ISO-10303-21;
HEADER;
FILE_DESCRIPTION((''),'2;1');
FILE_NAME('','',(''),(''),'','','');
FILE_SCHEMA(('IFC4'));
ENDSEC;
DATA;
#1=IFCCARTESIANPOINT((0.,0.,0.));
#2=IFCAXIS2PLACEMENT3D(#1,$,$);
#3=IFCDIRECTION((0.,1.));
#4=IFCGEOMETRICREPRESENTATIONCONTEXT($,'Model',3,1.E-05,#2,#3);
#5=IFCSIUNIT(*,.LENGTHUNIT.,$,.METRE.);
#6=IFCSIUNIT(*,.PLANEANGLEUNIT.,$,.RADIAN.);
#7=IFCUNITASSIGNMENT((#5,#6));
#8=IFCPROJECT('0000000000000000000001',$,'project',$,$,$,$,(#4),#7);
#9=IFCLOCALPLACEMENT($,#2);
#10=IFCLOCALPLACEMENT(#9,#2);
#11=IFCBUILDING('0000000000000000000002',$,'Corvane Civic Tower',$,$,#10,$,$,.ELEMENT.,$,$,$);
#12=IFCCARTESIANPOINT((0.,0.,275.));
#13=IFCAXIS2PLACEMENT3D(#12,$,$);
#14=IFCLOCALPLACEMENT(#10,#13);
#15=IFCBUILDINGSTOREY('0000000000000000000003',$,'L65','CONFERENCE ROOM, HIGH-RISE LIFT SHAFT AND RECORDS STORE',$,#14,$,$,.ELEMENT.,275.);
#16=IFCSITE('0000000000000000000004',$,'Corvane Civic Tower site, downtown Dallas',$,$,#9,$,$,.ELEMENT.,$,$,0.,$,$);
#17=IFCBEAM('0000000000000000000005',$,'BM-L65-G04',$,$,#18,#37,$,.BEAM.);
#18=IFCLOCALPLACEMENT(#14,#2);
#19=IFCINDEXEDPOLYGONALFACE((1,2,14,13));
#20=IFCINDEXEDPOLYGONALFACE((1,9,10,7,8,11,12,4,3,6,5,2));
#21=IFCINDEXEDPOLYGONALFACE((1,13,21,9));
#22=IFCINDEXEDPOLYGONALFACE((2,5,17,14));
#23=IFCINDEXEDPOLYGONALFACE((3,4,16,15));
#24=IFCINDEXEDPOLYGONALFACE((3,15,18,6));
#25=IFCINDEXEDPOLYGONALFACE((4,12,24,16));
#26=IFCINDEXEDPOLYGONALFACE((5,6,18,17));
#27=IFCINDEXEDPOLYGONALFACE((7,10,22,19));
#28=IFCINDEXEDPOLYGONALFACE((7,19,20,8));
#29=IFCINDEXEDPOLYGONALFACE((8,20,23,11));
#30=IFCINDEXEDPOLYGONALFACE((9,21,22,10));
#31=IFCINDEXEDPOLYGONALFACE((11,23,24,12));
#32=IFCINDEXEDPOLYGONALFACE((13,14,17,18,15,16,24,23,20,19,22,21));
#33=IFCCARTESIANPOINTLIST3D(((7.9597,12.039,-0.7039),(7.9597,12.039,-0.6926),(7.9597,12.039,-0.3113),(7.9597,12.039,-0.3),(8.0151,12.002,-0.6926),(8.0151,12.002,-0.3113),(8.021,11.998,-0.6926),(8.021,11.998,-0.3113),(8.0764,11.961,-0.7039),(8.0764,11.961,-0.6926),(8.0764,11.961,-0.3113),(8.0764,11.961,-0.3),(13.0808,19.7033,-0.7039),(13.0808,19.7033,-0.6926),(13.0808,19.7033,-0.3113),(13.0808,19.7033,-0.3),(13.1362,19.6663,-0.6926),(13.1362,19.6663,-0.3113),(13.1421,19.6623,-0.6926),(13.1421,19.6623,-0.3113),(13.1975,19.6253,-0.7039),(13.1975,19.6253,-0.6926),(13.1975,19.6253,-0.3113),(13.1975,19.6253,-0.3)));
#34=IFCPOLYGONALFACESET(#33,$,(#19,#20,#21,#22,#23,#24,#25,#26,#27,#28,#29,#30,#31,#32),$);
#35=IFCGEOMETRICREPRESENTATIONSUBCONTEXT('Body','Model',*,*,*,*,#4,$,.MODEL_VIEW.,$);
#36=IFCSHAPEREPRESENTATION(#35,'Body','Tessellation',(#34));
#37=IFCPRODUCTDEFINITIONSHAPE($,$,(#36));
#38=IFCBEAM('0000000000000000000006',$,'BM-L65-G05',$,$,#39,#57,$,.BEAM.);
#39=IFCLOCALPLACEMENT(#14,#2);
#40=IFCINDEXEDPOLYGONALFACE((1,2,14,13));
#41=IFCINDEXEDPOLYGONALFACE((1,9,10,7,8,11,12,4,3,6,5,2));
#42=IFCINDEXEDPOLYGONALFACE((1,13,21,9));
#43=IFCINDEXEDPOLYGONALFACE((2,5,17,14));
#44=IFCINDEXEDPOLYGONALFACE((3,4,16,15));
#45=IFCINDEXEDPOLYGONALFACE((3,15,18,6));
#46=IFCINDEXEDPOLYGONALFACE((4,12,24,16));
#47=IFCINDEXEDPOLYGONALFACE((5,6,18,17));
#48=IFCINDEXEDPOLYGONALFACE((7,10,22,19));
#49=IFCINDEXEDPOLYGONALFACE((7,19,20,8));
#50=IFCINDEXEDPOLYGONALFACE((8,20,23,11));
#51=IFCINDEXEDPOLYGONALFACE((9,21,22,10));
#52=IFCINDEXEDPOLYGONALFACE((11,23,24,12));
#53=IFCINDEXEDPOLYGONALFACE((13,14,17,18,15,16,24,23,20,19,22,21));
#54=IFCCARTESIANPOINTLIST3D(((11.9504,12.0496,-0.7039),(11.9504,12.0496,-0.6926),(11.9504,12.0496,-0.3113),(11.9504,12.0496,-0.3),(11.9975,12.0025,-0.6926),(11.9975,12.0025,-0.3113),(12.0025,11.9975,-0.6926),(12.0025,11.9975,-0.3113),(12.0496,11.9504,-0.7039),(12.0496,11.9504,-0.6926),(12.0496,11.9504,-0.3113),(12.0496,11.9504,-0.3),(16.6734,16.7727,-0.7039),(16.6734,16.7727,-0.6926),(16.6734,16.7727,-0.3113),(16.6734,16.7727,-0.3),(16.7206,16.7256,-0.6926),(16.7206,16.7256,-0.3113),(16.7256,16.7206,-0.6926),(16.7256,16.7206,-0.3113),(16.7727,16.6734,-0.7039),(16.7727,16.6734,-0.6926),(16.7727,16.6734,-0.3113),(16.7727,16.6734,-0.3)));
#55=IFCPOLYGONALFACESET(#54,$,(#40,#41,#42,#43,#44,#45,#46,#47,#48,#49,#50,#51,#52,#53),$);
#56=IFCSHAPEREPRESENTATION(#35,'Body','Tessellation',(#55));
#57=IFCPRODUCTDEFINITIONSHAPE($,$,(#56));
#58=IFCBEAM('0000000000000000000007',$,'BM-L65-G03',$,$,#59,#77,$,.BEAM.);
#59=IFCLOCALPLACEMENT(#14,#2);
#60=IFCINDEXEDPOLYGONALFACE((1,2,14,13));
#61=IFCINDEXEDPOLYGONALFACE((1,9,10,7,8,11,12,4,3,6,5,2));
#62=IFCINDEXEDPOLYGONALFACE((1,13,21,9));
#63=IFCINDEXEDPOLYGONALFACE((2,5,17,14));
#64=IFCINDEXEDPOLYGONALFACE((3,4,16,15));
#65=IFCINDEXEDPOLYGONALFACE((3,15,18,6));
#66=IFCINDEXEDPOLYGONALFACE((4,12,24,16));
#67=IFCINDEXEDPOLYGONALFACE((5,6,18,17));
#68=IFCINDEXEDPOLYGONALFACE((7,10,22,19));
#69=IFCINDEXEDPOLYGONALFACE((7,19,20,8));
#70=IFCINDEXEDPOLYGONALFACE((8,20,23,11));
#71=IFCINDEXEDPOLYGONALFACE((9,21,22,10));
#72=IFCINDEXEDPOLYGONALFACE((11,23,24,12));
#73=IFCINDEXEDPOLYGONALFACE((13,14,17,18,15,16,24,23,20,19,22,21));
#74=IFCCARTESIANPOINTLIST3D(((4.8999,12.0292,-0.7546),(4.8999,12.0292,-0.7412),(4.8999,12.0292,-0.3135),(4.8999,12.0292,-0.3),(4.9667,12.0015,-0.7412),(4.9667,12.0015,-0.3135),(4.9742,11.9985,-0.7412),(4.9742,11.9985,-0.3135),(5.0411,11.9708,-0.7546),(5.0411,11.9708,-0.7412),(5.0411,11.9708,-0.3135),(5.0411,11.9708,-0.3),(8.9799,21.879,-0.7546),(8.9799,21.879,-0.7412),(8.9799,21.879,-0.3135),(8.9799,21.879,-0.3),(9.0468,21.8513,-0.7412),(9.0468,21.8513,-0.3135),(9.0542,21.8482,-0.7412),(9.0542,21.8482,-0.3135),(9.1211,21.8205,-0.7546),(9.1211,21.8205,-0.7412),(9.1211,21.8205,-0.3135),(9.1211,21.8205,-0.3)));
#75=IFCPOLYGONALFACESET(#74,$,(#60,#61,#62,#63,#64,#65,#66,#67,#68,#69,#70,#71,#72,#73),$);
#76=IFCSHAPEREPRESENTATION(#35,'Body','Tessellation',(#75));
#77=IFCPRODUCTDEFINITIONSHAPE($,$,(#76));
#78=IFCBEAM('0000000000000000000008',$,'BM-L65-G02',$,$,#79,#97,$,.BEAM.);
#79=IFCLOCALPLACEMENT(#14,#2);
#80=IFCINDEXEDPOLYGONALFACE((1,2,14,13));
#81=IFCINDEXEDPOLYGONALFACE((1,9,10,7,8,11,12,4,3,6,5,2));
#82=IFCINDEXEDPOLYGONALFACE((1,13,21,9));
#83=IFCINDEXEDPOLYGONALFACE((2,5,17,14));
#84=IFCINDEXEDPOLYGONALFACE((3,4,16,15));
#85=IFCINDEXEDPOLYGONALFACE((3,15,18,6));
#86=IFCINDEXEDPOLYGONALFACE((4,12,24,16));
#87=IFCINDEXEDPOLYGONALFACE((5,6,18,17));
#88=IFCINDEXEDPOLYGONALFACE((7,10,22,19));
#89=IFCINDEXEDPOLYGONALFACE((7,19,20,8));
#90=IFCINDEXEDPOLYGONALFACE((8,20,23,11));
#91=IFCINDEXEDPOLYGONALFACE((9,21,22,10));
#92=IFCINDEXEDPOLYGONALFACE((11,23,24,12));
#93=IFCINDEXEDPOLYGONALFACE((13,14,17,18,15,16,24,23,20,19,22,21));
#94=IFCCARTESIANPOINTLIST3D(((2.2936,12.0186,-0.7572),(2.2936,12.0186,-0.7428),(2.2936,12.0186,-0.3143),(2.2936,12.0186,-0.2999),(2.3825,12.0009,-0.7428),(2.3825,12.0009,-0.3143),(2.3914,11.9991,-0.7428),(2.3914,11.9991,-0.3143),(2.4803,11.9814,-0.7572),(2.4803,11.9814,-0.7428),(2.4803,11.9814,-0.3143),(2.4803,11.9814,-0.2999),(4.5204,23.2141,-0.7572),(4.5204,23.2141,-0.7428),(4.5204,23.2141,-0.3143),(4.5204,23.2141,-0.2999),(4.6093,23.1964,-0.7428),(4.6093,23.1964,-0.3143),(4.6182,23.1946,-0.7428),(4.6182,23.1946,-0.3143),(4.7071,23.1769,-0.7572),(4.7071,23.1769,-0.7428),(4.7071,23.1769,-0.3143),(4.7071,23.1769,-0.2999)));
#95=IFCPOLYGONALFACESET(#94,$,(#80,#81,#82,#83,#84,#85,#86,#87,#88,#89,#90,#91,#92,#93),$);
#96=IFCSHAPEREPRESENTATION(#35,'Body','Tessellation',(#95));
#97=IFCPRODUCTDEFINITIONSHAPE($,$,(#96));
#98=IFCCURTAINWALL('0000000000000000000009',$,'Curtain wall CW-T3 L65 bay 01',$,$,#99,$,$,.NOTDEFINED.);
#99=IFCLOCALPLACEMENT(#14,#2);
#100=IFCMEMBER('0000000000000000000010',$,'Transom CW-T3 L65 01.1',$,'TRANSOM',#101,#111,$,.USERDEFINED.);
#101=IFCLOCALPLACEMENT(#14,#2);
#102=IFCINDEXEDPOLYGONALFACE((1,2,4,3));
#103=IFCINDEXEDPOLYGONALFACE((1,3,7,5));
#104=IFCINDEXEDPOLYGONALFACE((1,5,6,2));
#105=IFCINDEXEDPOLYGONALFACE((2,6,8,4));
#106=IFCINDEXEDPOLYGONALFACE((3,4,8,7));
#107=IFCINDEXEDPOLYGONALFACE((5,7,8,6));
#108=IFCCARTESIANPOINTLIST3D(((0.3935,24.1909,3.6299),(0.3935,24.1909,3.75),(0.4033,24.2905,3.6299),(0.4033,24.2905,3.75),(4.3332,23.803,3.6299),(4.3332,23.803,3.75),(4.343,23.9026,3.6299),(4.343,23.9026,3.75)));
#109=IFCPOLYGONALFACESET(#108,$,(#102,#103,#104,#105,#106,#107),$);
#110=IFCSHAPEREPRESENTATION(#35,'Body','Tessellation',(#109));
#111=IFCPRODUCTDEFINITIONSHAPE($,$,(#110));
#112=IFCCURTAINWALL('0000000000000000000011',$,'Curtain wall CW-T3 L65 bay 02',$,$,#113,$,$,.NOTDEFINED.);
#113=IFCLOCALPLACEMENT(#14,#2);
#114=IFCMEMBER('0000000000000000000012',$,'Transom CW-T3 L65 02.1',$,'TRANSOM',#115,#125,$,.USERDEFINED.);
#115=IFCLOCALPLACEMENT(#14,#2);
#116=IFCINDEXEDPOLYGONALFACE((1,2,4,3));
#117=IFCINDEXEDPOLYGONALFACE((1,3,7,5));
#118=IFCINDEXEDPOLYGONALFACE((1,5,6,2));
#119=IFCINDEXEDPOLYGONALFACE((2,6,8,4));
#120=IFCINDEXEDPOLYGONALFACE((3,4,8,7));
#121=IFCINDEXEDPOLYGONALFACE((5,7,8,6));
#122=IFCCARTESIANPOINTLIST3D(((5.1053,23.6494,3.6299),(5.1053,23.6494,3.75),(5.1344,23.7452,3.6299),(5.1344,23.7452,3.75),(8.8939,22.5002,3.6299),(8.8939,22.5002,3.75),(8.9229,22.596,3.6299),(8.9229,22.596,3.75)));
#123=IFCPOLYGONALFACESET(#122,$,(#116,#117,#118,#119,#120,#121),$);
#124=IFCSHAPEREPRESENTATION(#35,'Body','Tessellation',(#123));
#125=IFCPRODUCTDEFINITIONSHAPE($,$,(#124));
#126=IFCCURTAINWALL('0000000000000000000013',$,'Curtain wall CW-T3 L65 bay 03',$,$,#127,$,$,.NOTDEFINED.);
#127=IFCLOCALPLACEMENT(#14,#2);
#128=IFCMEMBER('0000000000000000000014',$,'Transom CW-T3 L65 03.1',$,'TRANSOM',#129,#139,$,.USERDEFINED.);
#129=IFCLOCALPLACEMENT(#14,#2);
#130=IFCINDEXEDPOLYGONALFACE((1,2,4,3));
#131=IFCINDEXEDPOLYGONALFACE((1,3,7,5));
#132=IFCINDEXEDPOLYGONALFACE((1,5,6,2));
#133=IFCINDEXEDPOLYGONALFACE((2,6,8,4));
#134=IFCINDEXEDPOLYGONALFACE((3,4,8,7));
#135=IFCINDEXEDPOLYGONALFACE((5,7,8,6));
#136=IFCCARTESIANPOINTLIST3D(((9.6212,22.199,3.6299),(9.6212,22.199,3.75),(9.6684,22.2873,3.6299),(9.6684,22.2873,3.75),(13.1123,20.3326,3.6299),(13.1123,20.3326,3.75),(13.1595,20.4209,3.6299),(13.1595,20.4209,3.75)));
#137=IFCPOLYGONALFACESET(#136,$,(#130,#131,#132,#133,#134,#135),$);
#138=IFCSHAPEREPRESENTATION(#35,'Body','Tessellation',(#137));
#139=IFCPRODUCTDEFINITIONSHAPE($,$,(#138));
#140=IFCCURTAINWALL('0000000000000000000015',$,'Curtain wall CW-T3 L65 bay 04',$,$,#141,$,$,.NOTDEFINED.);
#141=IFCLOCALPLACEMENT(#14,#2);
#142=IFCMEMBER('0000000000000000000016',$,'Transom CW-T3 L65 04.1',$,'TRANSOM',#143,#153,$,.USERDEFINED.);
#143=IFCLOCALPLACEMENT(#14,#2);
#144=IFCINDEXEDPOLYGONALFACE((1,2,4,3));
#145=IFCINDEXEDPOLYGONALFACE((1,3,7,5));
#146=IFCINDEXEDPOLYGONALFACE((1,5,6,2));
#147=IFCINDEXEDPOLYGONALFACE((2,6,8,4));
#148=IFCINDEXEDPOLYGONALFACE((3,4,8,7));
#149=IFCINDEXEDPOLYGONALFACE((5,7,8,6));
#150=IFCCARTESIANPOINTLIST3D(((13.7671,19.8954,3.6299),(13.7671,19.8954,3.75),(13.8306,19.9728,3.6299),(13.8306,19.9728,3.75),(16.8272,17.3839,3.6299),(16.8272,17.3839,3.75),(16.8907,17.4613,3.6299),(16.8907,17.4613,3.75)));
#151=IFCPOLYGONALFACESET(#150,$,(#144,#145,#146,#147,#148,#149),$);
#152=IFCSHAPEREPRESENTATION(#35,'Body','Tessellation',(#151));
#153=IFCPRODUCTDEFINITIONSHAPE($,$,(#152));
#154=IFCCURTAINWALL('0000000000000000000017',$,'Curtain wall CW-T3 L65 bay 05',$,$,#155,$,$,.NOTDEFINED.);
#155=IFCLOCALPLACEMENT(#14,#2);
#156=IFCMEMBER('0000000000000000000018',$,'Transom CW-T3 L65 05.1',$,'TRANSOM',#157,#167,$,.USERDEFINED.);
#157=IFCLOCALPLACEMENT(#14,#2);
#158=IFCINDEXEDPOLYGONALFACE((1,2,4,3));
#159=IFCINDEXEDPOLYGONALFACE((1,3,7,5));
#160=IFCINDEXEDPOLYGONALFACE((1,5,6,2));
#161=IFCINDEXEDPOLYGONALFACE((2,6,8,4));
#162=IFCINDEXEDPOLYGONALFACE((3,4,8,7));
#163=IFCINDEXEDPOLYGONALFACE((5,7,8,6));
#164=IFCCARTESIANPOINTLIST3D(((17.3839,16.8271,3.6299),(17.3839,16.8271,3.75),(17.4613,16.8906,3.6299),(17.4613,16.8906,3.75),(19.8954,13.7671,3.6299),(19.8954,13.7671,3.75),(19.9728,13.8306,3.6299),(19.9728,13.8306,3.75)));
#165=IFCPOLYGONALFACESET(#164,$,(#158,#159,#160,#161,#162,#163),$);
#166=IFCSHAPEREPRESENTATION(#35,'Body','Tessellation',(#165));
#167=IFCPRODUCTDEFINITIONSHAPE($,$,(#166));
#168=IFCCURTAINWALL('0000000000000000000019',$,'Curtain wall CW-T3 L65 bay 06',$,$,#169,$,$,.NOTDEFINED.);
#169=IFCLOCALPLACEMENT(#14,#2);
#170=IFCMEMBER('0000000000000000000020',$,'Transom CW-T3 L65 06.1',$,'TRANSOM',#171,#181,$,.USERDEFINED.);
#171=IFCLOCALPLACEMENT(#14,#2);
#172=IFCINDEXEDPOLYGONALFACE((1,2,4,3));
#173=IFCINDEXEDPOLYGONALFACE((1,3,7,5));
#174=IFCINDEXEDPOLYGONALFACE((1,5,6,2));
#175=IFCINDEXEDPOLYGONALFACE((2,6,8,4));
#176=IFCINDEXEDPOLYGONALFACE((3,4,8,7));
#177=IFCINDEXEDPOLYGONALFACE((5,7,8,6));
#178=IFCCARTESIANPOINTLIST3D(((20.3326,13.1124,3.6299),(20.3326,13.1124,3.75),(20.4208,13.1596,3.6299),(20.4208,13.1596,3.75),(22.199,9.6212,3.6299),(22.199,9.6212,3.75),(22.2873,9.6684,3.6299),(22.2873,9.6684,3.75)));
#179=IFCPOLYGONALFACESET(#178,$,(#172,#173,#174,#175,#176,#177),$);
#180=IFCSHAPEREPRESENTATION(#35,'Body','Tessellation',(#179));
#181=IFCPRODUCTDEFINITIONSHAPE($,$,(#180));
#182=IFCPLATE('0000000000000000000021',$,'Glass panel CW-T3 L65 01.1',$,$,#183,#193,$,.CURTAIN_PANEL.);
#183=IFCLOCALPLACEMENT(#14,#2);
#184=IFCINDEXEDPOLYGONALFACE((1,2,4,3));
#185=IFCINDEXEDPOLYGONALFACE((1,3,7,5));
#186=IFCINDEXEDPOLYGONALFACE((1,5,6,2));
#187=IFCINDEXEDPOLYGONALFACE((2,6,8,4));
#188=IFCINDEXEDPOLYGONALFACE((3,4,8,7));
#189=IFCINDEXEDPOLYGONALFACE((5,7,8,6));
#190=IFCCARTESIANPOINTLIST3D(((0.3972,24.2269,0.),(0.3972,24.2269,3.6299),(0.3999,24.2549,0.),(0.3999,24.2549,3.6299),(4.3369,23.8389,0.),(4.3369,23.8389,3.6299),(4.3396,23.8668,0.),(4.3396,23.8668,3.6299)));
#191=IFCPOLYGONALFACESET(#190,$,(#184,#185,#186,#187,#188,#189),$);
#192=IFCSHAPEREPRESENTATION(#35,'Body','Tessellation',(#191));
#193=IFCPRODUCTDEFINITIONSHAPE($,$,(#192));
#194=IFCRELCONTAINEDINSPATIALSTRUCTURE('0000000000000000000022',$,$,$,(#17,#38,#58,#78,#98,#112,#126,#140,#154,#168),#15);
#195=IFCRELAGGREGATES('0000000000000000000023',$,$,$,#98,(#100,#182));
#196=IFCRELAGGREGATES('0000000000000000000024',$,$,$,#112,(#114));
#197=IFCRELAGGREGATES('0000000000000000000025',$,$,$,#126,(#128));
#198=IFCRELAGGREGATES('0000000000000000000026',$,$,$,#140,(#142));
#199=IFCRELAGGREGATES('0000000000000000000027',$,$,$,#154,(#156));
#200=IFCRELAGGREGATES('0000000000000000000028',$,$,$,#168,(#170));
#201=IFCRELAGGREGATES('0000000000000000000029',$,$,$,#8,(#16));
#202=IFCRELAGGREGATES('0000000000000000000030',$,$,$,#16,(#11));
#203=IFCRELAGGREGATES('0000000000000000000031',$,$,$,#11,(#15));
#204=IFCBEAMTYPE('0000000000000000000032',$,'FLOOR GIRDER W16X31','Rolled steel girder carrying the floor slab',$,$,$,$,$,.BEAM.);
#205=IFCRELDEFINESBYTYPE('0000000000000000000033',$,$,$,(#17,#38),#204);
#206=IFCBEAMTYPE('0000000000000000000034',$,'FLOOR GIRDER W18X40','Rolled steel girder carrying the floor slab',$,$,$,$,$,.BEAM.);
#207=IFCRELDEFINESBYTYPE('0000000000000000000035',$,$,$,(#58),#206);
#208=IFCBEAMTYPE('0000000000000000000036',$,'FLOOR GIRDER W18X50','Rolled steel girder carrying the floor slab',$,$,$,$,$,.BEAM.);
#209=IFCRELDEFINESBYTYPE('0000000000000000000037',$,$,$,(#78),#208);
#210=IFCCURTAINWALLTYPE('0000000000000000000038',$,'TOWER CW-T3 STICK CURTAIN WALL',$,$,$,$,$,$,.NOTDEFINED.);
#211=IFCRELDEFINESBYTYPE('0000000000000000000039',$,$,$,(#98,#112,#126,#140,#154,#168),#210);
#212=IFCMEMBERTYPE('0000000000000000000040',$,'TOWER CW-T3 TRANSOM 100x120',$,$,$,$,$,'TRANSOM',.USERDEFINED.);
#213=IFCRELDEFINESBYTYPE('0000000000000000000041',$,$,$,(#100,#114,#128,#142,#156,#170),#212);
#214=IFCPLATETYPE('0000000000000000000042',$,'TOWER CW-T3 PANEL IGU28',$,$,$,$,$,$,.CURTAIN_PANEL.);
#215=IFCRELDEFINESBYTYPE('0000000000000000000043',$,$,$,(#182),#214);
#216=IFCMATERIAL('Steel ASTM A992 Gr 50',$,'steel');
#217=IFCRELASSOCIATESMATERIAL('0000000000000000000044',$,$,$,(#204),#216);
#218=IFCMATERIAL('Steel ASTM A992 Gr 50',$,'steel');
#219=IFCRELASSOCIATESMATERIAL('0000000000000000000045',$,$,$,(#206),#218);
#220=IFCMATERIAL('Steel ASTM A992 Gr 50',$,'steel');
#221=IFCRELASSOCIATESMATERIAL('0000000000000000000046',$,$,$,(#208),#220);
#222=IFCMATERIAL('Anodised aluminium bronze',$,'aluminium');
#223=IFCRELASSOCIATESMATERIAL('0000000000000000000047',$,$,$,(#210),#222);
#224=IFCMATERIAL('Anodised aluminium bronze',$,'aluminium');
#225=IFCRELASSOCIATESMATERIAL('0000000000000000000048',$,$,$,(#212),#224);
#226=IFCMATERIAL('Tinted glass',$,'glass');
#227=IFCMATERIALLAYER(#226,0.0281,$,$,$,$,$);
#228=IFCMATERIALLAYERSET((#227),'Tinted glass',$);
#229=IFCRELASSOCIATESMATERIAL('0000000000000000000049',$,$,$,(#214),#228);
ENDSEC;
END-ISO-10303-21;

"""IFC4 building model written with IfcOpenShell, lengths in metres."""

from ifc_helpers import new_model, si_unit, direction, frame, origin, origin_2d, place, context, subcontext, project, spatial, rectangle, i_section, extrude, material, layer, layer_set, material_profile, profile_set, type_object, element, aggregate, save


model = new_model("IFC4")

# Units and contexts
model_context = context("Model", 3, precision=1e-05, world=origin(), true_north=direction((0.0, 1.0)))
body_context = subcontext(model_context, "Body", "Model", "MODEL_VIEW")
ifc_project = project(units=[si_unit("LENGTHUNIT", "METRE"), si_unit("PLANEANGLEUNIT", "RADIAN")], contexts=[model_context])

# Site, building, storey
site_placement = place(None, origin())
site = spatial("IfcSite", under=ifc_project, at=site_placement, Name="Corvane Civic Tower site, downtown Dallas", CompositionType="ELEMENT", RefElevation=0.0)
building_placement = place(site_placement, origin())
building = spatial("IfcBuilding", under=site, at=building_placement, Name="Corvane Civic Tower", CompositionType="ELEMENT")
storey_placement = place(building_placement, frame((0.0, 0.0, 275.0)))
storey = spatial("IfcBuildingStorey", under=building, at=storey_placement, Name="L65", Description="CONFERENCE ROOM, HIGH-RISE LIFT SHAFT AND RECORDS STORE", CompositionType="ELEMENT", Elevation=275.0)

# Beams
ifc_material_1 = material(Name="Steel ASTM A992 Gr 50", Category="steel")
ifc_material_profile_1 = material_profile(ifc_material_1, i_section(OverallWidth=0.1404, OverallDepth=0.4038, WebThickness=0.0071, FlangeThickness=0.0112, at=origin_2d()), Name="W16X31")
ifc_profile_set_1 = profile_set([ifc_material_profile_1], Name="Steel ASTM A992 Gr 50")
beam_type_1 = type_object("IfcBeamType", Name="FLOOR GIRDER W16X31", Description="Rolled steel girder carrying the floor slab", PredefinedType="BEAM", material=ifc_profile_set_1)
beam_1_placement = place(storey_placement, frame((8.0181, 12.0, -0.502), z_axis=(0.555568, 0.831471, 0.0), x_axis=(-0.831471, 0.555568, 0.0)))
element("IfcBeam", 1, at=beam_1_placement, inside=storey, type_object=beam_type_1, Name="BM-L65-G04", PredefinedType="BEAM", context=body_context, shape_type="SweptSolid", body=[
    extrude(i_section(OverallWidth=0.1404, OverallDepth=0.4038, WebThickness=0.0071, FlangeThickness=0.0112, at=origin_2d()), origin(), (0.0, 0.0, 1.0), 9.2178),
])
beam_2_placement = place(storey_placement, frame((12.0, 12.0, -0.502), z_axis=(0.707107, 0.707107, 0.0), x_axis=(-0.707107, 0.707107, 0.0)))
element("IfcBeam", 2, at=beam_2_placement, inside=storey, type_object=beam_type_1, Name="BM-L65-G05", PredefinedType="BEAM", context=body_context, shape_type="SweptSolid", body=[
    extrude(i_section(OverallWidth=0.1404, OverallDepth=0.4038, WebThickness=0.0071, FlangeThickness=0.0112, at=origin_2d()), origin(), (0.0, 0.0, 1.0), 6.6794),
])
ifc_material_2 = material(Name="Steel ASTM A992 Gr 50", Category="steel")
ifc_material_profile_2 = material_profile(ifc_material_2, i_section(OverallWidth=0.1528, OverallDepth=0.4546, WebThickness=0.0081, FlangeThickness=0.0134, at=origin_2d()), Name="W18X40")
ifc_profile_set_2 = profile_set([ifc_material_profile_2], Name="Steel ASTM A992 Gr 50")
beam_type_2 = type_object("IfcBeamType", Name="FLOOR GIRDER W18X40", Description="Rolled steel girder carrying the floor slab", PredefinedType="BEAM", material=ifc_profile_set_2)
beam_3_placement = place(storey_placement, frame((4.9705, 12.0, -0.5273), z_axis=(0.382694, 0.923875, 0.0), x_axis=(-0.923875, 0.382694, 0.0)))
element("IfcBeam", 3, at=beam_3_placement, inside=storey, type_object=beam_type_2, Name="BM-L65-G03", PredefinedType="BEAM", context=body_context, shape_type="SweptSolid", body=[
    extrude(i_section(OverallWidth=0.1528, OverallDepth=0.4546, WebThickness=0.0081, FlangeThickness=0.0134, at=origin_2d()), origin(), (0.0, 0.0, 1.0), 10.6614),
])
ifc_material_3 = material(Name="Steel ASTM A992 Gr 50", Category="steel")
ifc_material_profile_3 = material_profile(ifc_material_3, i_section(OverallWidth=0.1904, OverallDepth=0.4573, WebThickness=0.009, FlangeThickness=0.0144, at=origin_2d()), Name="W18X50")
ifc_profile_set_3 = profile_set([ifc_material_profile_3], Name="Steel ASTM A992 Gr 50")
beam_type_3 = type_object("IfcBeamType", Name="FLOOR GIRDER W18X50", Description="Rolled steel girder carrying the floor slab", PredefinedType="BEAM", material=ifc_profile_set_3)
beam_4_placement = place(storey_placement, frame((2.387, 12.0, -0.5286), z_axis=(0.19508, 0.980787, 0.0), x_axis=(-0.980787, 0.19508, 0.0)))
element("IfcBeam", 4, at=beam_4_placement, inside=storey, type_object=beam_type_3, Name="BM-L65-G02", PredefinedType="BEAM", context=body_context, shape_type="SweptSolid", body=[
    extrude(i_section(OverallWidth=0.1904, OverallDepth=0.4573, WebThickness=0.009, FlangeThickness=0.0144, at=origin_2d()), origin(), (0.0, 0.0, 1.0), 11.4148),
])

# Curtain walls, members
ifc_material_4 = material(Name="Anodised aluminium bronze", Category="aluminium")
curtain_wall_type = type_object("IfcCurtainWallType", Name="TOWER CW-T3 STICK CURTAIN WALL", PredefinedType="NOTDEFINED", material=ifc_material_4)
curtain_wall_1_placement = place(storey_placement, origin())
curtain_wall_1 = element("IfcCurtainWall", 5, at=curtain_wall_1_placement, inside=storey, type_object=curtain_wall_type, Name="Curtain wall CW-T3 L65 bay 01", PredefinedType="NOTDEFINED")
ifc_material_5 = material(Name="Anodised aluminium bronze", Category="aluminium")
ifc_material_profile_4 = material_profile(ifc_material_5, rectangle(XDim=0.1001, YDim=0.1201, at=origin_2d()), Name="TOWER CW-T3 TRANSOM 100x120")
ifc_profile_set_4 = profile_set([ifc_material_profile_4], Name="Anodised aluminium bronze")
member_type = type_object("IfcMemberType", Name="TOWER CW-T3 TRANSOM 100x120", ElementType="TRANSOM", PredefinedType="USERDEFINED", material=ifc_profile_set_4)
member_1_placement = place(storey_placement, frame((0.3984, 24.2407, 3.6899), z_axis=(0.995187, -0.097995, 0.0), x_axis=(0.097995, 0.995187, 0.0)))
member_1 = element("IfcMember", 6, at=member_1_placement, type_object=member_type, Name="Transom CW-T3 L65 01.1", ObjectType="TRANSOM", PredefinedType="USERDEFINED", context=body_context, shape_type="SweptSolid", body=[
    extrude(rectangle(XDim=0.1001, YDim=0.1201, at=origin_2d()), origin(), (0.0, 0.0, 1.0), 3.9587),
])
curtain_wall_2_placement = place(storey_placement, origin())
curtain_wall_2 = element("IfcCurtainWall", 7, at=curtain_wall_2_placement, inside=storey, type_object=curtain_wall_type, Name="Curtain wall CW-T3 L65 bay 02", PredefinedType="NOTDEFINED")
member_2_placement = place(storey_placement, frame((5.1199, 23.6973, 3.6899), z_axis=(0.956946, -0.290266, 0.0), x_axis=(0.290266, 0.956946, 0.0)))
member_2 = element("IfcMember", 8, at=member_2_placement, type_object=member_type, Name="Transom CW-T3 L65 02.1", ObjectType="TRANSOM", PredefinedType="USERDEFINED", context=body_context, shape_type="SweptSolid", body=[
    extrude(rectangle(XDim=0.1001, YDim=0.1201, at=origin_2d()), origin(), (0.0, 0.0, 1.0), 3.959),
])
curtain_wall_3_placement = place(storey_placement, origin())
curtain_wall_3 = element("IfcCurtainWall", 9, at=curtain_wall_3_placement, inside=storey, type_object=curtain_wall_type, Name="Curtain wall CW-T3 L65 bay 03", PredefinedType="NOTDEFINED")
member_3_placement = place(storey_placement, frame((9.6448, 22.2432, 3.6899), z_axis=(0.881883, -0.471468, 0.0), x_axis=(0.471468, 0.881883, 0.0)))
member_3 = element("IfcMember", 10, at=member_3_placement, type_object=member_type, Name="Transom CW-T3 L65 03.1", ObjectType="TRANSOM", PredefinedType="USERDEFINED", context=body_context, shape_type="SweptSolid", body=[
    extrude(rectangle(XDim=0.1001, YDim=0.1201, at=origin_2d()), origin(), (0.0, 0.0, 1.0), 3.9587),
])
curtain_wall_4_placement = place(storey_placement, origin())
curtain_wall_4 = element("IfcCurtainWall", 11, at=curtain_wall_4_placement, inside=storey, type_object=curtain_wall_type, Name="Curtain wall CW-T3 L65 bay 04", PredefinedType="NOTDEFINED")
member_4_placement = place(storey_placement, frame((13.7988, 19.9341, 3.6899), z_axis=(0.772992, -0.634416, 0.0), x_axis=(0.634416, 0.772992, 0.0)))
member_4 = element("IfcMember", 12, at=member_4_placement, type_object=member_type, Name="Transom CW-T3 L65 04.1", ObjectType="TRANSOM", PredefinedType="USERDEFINED", context=body_context, shape_type="SweptSolid", body=[
    extrude(rectangle(XDim=0.1001, YDim=0.1201, at=origin_2d()), origin(), (0.0, 0.0, 1.0), 3.9587),
])
curtain_wall_5_placement = place(storey_placement, origin())
curtain_wall_5 = element("IfcCurtainWall", 13, at=curtain_wall_5_placement, inside=storey, type_object=curtain_wall_type, Name="Curtain wall CW-T3 L65 bay 05", PredefinedType="NOTDEFINED")
member_5_placement = place(storey_placement, frame((17.4226, 16.8589, 3.6899), z_axis=(0.634416, -0.772992, 0.0), x_axis=(0.772992, 0.634416, 0.0)))
member_5 = element("IfcMember", 14, at=member_5_placement, type_object=member_type, Name="Transom CW-T3 L65 05.1", ObjectType="TRANSOM", PredefinedType="USERDEFINED", context=body_context, shape_type="SweptSolid", body=[
    extrude(rectangle(XDim=0.1001, YDim=0.1201, at=origin_2d()), origin(), (0.0, 0.0, 1.0), 3.9587),
])
curtain_wall_6_placement = place(storey_placement, origin())
curtain_wall_6 = element("IfcCurtainWall", 15, at=curtain_wall_6_placement, inside=storey, type_object=curtain_wall_type, Name="Curtain wall CW-T3 L65 bay 06", PredefinedType="NOTDEFINED")
member_6_placement = place(storey_placement, frame((20.3767, 13.136, 3.6899), z_axis=(0.471468, -0.881883, 0.0), x_axis=(0.881883, 0.471468, 0.0)))
member_6 = element("IfcMember", 16, at=member_6_placement, type_object=member_type, Name="Transom CW-T3 L65 06.1", ObjectType="TRANSOM", PredefinedType="USERDEFINED", context=body_context, shape_type="SweptSolid", body=[
    extrude(rectangle(XDim=0.1001, YDim=0.1201, at=origin_2d()), origin(), (0.0, 0.0, 1.0), 3.9587),
])

# Plate
ifc_material_6 = material(Name="Tinted glass", Category="glass")
ifc_layer_1 = layer(ifc_material_6, 0.0281)
ifc_layer_set_1 = layer_set([ifc_layer_1], Name="Tinted glass")
plate_type = type_object("IfcPlateType", Name="TOWER CW-T3 PANEL IGU28", PredefinedType="CURTAIN_PANEL", material=ifc_layer_set_1)
plate_1_placement = place(storey_placement, frame((2.3684, 24.0469, 0.0), z_axis=(0.0, 0.0, 1.0), x_axis=(0.995184, -0.098021, 0.0)))
plate_1 = element("IfcPlate", 17, at=plate_1_placement, type_object=plate_type, Name="Glass panel CW-T3 L65 01.1", PredefinedType="CURTAIN_PANEL", context=body_context, shape_type="SweptSolid", body=[
    extrude(rectangle(XDim=3.9587, YDim=0.0281, at=origin_2d()), origin(), (0.0, 0.0, 1.0), 3.6299),
])
aggregate(curtain_wall_1, [member_1, plate_1])
aggregate(curtain_wall_2, [member_2])
aggregate(curtain_wall_3, [member_3])
aggregate(curtain_wall_4, [member_4])
aggregate(curtain_wall_5, [member_5])
aggregate(curtain_wall_6, [member_6])

save(model, "model.ifc")
